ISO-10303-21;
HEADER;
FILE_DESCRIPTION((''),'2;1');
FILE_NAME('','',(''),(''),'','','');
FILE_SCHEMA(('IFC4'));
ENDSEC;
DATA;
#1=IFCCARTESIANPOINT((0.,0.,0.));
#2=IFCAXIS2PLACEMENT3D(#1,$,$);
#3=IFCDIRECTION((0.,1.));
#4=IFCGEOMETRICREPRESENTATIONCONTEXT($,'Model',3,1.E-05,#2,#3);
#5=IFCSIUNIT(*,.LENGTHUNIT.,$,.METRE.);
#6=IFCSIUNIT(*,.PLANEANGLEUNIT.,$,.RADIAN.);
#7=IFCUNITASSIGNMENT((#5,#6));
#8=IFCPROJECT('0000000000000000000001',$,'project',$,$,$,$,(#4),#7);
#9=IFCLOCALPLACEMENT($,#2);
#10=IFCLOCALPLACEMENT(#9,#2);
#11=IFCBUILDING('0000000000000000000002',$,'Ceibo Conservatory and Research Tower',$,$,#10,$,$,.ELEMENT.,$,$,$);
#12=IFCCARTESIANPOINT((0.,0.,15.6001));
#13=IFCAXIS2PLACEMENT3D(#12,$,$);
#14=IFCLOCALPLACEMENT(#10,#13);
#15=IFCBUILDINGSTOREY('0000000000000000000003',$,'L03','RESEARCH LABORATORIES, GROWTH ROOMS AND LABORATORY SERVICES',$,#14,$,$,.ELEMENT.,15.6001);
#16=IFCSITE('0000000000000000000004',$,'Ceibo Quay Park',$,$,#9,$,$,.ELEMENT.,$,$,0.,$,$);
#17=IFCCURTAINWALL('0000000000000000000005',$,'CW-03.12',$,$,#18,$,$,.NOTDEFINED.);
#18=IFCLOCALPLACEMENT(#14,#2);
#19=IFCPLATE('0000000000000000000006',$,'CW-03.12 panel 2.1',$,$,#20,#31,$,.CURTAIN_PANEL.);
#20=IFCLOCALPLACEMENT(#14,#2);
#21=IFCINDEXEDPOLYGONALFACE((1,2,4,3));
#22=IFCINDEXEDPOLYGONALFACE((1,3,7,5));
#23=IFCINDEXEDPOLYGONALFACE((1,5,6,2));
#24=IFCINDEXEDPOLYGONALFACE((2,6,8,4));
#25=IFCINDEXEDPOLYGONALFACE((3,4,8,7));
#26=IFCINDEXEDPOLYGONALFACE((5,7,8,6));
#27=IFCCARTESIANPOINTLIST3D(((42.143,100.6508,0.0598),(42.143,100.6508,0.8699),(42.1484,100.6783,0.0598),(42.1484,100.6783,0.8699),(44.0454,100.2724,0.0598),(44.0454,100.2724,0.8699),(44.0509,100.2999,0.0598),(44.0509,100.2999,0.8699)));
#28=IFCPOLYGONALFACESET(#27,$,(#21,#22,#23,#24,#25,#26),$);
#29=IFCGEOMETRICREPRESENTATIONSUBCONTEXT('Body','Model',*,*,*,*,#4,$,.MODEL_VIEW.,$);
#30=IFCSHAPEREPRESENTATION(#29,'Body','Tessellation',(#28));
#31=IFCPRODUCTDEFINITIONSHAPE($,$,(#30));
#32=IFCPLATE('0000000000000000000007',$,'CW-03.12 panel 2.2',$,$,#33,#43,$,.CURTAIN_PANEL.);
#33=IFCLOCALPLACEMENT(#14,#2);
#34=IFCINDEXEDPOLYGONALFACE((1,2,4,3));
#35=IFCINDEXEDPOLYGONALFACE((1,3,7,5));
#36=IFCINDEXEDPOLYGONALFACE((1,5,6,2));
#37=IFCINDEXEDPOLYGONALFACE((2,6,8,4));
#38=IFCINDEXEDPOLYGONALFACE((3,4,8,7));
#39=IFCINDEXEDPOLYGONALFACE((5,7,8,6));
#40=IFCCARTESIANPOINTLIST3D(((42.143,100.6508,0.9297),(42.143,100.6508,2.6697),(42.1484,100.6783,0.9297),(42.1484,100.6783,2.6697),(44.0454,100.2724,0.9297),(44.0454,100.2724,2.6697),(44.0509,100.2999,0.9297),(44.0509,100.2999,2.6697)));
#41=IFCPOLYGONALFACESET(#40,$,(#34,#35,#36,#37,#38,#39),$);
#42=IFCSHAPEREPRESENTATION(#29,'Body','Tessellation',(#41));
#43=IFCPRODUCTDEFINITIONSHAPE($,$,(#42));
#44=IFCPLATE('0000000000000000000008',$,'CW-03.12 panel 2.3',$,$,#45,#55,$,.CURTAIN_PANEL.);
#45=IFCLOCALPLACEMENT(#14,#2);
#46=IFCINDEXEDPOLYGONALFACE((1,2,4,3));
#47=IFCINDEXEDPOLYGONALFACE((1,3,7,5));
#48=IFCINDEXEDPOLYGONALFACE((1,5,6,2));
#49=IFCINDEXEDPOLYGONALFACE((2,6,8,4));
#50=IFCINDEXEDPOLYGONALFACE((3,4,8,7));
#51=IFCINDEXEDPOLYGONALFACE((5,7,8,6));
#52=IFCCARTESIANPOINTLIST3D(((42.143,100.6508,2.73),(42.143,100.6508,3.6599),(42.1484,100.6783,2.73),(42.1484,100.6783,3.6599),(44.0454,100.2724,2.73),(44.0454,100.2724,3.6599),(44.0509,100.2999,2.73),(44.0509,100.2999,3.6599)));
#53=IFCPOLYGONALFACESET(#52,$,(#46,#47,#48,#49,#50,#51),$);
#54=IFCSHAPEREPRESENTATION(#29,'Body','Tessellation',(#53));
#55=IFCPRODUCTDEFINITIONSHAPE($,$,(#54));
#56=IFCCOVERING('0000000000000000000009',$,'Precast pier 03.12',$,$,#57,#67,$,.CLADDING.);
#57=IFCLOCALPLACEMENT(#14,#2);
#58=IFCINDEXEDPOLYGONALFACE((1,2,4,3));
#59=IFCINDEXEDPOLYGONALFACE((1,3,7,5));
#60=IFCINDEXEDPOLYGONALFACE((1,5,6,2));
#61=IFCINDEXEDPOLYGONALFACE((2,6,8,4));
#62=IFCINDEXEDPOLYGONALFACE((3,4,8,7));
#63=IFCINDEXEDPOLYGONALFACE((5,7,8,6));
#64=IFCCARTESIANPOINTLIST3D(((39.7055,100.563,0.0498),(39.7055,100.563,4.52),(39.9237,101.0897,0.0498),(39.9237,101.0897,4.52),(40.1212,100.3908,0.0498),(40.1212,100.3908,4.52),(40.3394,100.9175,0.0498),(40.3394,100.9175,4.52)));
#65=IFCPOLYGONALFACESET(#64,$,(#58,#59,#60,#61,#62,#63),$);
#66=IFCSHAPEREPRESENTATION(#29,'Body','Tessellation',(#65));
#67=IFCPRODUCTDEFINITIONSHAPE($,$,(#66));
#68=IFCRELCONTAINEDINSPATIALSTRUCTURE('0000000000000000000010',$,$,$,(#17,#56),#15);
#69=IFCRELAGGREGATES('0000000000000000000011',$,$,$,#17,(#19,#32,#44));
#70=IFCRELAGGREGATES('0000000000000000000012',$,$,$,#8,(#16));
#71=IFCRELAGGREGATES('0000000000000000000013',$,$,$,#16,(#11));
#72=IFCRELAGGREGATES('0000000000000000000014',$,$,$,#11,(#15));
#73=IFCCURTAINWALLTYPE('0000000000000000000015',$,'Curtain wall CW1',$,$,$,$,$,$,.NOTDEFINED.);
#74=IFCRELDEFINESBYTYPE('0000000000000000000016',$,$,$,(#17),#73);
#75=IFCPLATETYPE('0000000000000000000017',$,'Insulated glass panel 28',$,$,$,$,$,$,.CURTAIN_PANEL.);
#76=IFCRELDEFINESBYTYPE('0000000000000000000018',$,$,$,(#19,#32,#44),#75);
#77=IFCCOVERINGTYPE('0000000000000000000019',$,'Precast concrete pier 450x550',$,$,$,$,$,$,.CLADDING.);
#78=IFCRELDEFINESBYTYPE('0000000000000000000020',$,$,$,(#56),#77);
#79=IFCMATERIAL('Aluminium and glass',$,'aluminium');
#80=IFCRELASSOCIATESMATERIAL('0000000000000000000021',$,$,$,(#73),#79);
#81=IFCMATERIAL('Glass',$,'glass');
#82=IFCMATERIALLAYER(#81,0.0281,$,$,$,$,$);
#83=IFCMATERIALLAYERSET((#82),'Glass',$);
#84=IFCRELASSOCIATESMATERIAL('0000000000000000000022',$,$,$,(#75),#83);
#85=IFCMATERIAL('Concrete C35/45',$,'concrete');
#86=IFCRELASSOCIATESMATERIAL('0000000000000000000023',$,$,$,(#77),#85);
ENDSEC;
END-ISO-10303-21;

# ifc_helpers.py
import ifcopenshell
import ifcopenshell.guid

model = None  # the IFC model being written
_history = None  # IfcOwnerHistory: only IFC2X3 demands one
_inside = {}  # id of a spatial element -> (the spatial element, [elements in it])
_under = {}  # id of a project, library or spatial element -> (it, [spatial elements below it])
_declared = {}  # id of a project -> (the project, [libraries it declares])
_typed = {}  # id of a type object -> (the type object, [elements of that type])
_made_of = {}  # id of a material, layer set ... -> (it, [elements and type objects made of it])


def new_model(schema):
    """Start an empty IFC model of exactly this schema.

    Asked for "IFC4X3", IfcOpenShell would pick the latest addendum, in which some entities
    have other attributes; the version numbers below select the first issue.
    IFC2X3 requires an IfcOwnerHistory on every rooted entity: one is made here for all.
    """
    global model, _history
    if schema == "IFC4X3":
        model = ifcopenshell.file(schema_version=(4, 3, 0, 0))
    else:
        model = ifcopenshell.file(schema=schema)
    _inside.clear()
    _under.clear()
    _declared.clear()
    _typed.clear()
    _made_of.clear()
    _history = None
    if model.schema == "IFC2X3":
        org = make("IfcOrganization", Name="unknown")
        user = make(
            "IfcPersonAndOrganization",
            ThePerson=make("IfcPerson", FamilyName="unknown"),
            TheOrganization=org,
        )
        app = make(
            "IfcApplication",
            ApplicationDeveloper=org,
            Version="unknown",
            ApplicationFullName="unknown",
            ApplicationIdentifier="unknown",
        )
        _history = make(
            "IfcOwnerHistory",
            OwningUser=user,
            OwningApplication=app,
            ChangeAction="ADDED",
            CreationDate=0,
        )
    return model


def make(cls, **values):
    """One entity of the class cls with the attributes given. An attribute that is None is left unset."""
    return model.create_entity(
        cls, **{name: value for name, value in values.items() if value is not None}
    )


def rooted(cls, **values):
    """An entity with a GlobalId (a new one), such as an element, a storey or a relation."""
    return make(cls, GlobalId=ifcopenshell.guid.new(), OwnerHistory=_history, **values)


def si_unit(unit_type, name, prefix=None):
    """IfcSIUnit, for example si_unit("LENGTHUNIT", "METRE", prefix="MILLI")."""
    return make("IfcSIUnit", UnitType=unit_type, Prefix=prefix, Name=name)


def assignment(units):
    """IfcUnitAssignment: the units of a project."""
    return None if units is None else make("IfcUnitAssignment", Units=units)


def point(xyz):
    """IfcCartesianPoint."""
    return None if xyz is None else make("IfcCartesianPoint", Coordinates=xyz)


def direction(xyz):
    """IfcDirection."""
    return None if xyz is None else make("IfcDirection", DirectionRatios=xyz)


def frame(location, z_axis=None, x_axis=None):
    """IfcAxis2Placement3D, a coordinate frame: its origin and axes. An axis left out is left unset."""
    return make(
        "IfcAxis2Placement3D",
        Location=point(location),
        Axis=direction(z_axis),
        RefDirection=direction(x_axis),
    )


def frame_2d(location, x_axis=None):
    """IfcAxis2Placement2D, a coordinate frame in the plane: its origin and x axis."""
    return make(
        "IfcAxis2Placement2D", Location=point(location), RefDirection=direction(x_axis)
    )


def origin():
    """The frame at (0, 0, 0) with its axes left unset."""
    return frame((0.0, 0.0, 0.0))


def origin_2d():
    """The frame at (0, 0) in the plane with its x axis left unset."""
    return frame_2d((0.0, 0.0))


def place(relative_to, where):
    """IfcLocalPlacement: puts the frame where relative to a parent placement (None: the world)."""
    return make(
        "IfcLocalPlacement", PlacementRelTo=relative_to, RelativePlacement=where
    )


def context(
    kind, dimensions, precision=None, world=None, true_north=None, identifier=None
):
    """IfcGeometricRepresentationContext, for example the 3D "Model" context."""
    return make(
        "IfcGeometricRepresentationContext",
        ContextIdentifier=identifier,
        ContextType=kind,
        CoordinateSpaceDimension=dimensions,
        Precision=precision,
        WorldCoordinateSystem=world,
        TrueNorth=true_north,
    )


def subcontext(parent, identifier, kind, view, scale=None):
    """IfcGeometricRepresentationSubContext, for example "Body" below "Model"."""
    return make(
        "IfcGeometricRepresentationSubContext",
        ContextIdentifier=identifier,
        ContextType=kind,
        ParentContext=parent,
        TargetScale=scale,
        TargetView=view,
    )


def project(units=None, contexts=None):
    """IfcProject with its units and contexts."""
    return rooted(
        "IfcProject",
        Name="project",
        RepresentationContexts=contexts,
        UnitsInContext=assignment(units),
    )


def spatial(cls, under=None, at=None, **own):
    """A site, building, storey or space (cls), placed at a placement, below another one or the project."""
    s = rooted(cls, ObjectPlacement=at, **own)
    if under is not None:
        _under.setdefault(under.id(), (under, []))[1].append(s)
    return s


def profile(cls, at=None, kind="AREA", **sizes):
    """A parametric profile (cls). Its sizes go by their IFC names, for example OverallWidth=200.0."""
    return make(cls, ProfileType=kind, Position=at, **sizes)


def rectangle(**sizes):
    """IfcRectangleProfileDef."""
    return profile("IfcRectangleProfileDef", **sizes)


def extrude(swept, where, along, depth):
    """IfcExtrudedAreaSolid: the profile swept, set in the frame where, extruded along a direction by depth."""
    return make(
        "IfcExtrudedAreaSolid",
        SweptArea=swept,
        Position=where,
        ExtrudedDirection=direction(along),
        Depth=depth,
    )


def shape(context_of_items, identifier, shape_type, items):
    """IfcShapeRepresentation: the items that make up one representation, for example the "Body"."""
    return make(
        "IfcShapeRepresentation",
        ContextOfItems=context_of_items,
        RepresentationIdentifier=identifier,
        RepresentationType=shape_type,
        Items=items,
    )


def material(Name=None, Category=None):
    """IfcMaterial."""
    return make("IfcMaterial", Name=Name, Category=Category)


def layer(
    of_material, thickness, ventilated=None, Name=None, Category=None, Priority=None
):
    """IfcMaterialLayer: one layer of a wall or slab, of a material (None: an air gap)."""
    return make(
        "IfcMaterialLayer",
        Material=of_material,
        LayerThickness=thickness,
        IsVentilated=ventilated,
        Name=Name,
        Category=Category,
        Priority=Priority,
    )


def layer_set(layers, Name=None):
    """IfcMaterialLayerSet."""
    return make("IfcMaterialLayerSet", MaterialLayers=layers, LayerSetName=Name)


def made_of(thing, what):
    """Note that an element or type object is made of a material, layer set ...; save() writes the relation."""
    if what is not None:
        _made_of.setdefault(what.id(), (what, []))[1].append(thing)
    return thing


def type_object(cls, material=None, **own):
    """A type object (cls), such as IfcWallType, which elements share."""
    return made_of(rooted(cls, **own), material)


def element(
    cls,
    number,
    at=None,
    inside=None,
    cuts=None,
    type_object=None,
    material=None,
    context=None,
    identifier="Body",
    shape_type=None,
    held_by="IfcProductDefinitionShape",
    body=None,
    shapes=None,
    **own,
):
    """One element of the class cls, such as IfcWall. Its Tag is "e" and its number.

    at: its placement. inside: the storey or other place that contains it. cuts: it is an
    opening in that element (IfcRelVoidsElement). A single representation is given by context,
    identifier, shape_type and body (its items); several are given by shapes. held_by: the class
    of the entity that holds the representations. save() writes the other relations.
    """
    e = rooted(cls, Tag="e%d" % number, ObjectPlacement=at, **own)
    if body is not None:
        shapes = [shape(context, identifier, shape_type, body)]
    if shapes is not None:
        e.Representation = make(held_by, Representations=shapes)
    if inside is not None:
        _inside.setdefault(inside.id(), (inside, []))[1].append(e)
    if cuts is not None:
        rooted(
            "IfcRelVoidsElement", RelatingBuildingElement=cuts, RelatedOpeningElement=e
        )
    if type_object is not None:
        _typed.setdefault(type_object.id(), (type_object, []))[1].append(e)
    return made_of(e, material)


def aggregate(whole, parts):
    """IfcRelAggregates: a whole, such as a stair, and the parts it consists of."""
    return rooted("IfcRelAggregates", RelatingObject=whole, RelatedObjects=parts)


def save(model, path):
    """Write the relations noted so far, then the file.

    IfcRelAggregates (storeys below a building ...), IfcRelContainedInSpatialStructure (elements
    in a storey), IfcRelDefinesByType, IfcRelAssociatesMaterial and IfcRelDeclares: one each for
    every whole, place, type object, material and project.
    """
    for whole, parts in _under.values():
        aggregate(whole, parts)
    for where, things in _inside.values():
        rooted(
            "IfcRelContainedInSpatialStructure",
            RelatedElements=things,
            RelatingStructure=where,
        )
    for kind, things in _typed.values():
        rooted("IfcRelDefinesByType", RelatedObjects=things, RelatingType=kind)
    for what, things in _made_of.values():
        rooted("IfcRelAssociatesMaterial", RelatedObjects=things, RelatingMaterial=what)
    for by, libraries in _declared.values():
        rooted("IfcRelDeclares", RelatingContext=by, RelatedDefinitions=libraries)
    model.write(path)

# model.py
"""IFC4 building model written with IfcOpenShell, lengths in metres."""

from ifc_helpers import new_model, si_unit, direction, frame, origin, origin_2d, place, context, subcontext, project, spatial, rectangle, extrude, material, layer, layer_set, type_object, element, aggregate, save


model = new_model("IFC4")

# Units and contexts
model_context = context("Model", 3, precision=1e-05, world=origin(), true_north=direction((0.0, 1.0)))
body_context = subcontext(model_context, "Body", "Model", "MODEL_VIEW")
ifc_project = project(units=[si_unit("LENGTHUNIT", "METRE"), si_unit("PLANEANGLEUNIT", "RADIAN")], contexts=[model_context])

# Site, building, storey
site_placement = place(None, origin())
site = spatial("IfcSite", under=ifc_project, at=site_placement, Name="Ceibo Quay Park", CompositionType="ELEMENT", RefElevation=0.0)
building_placement = place(site_placement, origin())
building = spatial("IfcBuilding", under=site, at=building_placement, Name="Ceibo Conservatory and Research Tower", CompositionType="ELEMENT")
storey_placement = place(building_placement, frame((0.0, 0.0, 15.6001)))
storey = spatial("IfcBuildingStorey", under=building, at=storey_placement, Name="L03", Description="RESEARCH LABORATORIES, GROWTH ROOMS AND LABORATORY SERVICES", CompositionType="ELEMENT", Elevation=15.6001)

# Shared definitions
ifc_material_1 = material(Name="Concrete C35/45", Category="concrete")

# Shared definitions
ifc_material_2 = material(Name="Aluminium and glass", Category="aluminium")
curtain_wall_type = type_object("IfcCurtainWallType", Name="Curtain wall CW1", PredefinedType="NOTDEFINED", material=ifc_material_2)

# Curtain wall
curtain_wall_1_placement = place(storey_placement, origin())
curtain_wall_1 = element("IfcCurtainWall", 1, at=curtain_wall_1_placement, inside=storey, type_object=curtain_wall_type, Name="CW-03.12", PredefinedType="NOTDEFINED")

# Plates
ifc_material_3 = material(Name="Glass", Category="glass")
ifc_layer = layer(ifc_material_3, 0.0281)
ifc_layer_set = layer_set([ifc_layer], Name="Glass")
plate_type = type_object("IfcPlateType", Name="Insulated glass panel 28", PredefinedType="CURTAIN_PANEL", material=ifc_layer_set)
plate_1_placement = place(storey_placement, frame((43.0969, 100.4753, 0.0598), z_axis=(0.0, 0.0, 1.0), x_axis=(0.980785, -0.19509, 0.0)))
plate_1 = element("IfcPlate", 2, at=plate_1_placement, type_object=plate_type, Name="CW-03.12 panel 2.1", PredefinedType="CURTAIN_PANEL", context=body_context, shape_type="SweptSolid", body=[
    extrude(rectangle(XDim=1.9397, YDim=0.0281, at=origin_2d()), origin(), (0.0, 0.0, 1.0), 0.8101),
])
plate_2_placement = place(storey_placement, frame((43.0969, 100.4753, 0.9297), z_axis=(0.0, 0.0, 1.0), x_axis=(0.980785, -0.19509, 0.0)))
plate_2 = element("IfcPlate", 3, at=plate_2_placement, type_object=plate_type, Name="CW-03.12 panel 2.2", PredefinedType="CURTAIN_PANEL", context=body_context, shape_type="SweptSolid", body=[
    extrude(rectangle(XDim=1.9397, YDim=0.0281, at=origin_2d()), origin(), (0.0, 0.0, 1.0), 1.74),
])
plate_3_placement = place(storey_placement, frame((43.0969, 100.4753, 2.73), z_axis=(0.0, 0.0, 1.0), x_axis=(0.980785, -0.19509, 0.0)))
plate_3 = element("IfcPlate", 4, at=plate_3_placement, type_object=plate_type, Name="CW-03.12 panel 2.3", PredefinedType="CURTAIN_PANEL", context=body_context, shape_type="SweptSolid", body=[
    extrude(rectangle(XDim=1.9397, YDim=0.0281, at=origin_2d()), origin(), (0.0, 0.0, 1.0), 0.9299),
])
aggregate(curtain_wall_1, [plate_1, plate_2, plate_3])

# Covering
covering_type = type_object("IfcCoveringType", Name="Precast concrete pier 450x550", PredefinedType="CLADDING", material=ifc_material_1)
covering_placement = place(storey_placement, frame((40.0225, 100.7402, 0.0498), z_axis=(0.0, 0.0, 1.0), x_axis=(-0.382683, -0.92388, 0.0)))
element("IfcCovering", 5, at=covering_placement, inside=storey, type_object=covering_type, Name="Precast pier 03.12", PredefinedType="CLADDING", context=body_context, shape_type="SweptSolid", body=[
    extrude(rectangle(XDim=0.5701, YDim=0.45, at=origin_2d()), origin(), (0.0, 0.0, 1.0), 4.4702),
])

save(model, "model.ifc")
